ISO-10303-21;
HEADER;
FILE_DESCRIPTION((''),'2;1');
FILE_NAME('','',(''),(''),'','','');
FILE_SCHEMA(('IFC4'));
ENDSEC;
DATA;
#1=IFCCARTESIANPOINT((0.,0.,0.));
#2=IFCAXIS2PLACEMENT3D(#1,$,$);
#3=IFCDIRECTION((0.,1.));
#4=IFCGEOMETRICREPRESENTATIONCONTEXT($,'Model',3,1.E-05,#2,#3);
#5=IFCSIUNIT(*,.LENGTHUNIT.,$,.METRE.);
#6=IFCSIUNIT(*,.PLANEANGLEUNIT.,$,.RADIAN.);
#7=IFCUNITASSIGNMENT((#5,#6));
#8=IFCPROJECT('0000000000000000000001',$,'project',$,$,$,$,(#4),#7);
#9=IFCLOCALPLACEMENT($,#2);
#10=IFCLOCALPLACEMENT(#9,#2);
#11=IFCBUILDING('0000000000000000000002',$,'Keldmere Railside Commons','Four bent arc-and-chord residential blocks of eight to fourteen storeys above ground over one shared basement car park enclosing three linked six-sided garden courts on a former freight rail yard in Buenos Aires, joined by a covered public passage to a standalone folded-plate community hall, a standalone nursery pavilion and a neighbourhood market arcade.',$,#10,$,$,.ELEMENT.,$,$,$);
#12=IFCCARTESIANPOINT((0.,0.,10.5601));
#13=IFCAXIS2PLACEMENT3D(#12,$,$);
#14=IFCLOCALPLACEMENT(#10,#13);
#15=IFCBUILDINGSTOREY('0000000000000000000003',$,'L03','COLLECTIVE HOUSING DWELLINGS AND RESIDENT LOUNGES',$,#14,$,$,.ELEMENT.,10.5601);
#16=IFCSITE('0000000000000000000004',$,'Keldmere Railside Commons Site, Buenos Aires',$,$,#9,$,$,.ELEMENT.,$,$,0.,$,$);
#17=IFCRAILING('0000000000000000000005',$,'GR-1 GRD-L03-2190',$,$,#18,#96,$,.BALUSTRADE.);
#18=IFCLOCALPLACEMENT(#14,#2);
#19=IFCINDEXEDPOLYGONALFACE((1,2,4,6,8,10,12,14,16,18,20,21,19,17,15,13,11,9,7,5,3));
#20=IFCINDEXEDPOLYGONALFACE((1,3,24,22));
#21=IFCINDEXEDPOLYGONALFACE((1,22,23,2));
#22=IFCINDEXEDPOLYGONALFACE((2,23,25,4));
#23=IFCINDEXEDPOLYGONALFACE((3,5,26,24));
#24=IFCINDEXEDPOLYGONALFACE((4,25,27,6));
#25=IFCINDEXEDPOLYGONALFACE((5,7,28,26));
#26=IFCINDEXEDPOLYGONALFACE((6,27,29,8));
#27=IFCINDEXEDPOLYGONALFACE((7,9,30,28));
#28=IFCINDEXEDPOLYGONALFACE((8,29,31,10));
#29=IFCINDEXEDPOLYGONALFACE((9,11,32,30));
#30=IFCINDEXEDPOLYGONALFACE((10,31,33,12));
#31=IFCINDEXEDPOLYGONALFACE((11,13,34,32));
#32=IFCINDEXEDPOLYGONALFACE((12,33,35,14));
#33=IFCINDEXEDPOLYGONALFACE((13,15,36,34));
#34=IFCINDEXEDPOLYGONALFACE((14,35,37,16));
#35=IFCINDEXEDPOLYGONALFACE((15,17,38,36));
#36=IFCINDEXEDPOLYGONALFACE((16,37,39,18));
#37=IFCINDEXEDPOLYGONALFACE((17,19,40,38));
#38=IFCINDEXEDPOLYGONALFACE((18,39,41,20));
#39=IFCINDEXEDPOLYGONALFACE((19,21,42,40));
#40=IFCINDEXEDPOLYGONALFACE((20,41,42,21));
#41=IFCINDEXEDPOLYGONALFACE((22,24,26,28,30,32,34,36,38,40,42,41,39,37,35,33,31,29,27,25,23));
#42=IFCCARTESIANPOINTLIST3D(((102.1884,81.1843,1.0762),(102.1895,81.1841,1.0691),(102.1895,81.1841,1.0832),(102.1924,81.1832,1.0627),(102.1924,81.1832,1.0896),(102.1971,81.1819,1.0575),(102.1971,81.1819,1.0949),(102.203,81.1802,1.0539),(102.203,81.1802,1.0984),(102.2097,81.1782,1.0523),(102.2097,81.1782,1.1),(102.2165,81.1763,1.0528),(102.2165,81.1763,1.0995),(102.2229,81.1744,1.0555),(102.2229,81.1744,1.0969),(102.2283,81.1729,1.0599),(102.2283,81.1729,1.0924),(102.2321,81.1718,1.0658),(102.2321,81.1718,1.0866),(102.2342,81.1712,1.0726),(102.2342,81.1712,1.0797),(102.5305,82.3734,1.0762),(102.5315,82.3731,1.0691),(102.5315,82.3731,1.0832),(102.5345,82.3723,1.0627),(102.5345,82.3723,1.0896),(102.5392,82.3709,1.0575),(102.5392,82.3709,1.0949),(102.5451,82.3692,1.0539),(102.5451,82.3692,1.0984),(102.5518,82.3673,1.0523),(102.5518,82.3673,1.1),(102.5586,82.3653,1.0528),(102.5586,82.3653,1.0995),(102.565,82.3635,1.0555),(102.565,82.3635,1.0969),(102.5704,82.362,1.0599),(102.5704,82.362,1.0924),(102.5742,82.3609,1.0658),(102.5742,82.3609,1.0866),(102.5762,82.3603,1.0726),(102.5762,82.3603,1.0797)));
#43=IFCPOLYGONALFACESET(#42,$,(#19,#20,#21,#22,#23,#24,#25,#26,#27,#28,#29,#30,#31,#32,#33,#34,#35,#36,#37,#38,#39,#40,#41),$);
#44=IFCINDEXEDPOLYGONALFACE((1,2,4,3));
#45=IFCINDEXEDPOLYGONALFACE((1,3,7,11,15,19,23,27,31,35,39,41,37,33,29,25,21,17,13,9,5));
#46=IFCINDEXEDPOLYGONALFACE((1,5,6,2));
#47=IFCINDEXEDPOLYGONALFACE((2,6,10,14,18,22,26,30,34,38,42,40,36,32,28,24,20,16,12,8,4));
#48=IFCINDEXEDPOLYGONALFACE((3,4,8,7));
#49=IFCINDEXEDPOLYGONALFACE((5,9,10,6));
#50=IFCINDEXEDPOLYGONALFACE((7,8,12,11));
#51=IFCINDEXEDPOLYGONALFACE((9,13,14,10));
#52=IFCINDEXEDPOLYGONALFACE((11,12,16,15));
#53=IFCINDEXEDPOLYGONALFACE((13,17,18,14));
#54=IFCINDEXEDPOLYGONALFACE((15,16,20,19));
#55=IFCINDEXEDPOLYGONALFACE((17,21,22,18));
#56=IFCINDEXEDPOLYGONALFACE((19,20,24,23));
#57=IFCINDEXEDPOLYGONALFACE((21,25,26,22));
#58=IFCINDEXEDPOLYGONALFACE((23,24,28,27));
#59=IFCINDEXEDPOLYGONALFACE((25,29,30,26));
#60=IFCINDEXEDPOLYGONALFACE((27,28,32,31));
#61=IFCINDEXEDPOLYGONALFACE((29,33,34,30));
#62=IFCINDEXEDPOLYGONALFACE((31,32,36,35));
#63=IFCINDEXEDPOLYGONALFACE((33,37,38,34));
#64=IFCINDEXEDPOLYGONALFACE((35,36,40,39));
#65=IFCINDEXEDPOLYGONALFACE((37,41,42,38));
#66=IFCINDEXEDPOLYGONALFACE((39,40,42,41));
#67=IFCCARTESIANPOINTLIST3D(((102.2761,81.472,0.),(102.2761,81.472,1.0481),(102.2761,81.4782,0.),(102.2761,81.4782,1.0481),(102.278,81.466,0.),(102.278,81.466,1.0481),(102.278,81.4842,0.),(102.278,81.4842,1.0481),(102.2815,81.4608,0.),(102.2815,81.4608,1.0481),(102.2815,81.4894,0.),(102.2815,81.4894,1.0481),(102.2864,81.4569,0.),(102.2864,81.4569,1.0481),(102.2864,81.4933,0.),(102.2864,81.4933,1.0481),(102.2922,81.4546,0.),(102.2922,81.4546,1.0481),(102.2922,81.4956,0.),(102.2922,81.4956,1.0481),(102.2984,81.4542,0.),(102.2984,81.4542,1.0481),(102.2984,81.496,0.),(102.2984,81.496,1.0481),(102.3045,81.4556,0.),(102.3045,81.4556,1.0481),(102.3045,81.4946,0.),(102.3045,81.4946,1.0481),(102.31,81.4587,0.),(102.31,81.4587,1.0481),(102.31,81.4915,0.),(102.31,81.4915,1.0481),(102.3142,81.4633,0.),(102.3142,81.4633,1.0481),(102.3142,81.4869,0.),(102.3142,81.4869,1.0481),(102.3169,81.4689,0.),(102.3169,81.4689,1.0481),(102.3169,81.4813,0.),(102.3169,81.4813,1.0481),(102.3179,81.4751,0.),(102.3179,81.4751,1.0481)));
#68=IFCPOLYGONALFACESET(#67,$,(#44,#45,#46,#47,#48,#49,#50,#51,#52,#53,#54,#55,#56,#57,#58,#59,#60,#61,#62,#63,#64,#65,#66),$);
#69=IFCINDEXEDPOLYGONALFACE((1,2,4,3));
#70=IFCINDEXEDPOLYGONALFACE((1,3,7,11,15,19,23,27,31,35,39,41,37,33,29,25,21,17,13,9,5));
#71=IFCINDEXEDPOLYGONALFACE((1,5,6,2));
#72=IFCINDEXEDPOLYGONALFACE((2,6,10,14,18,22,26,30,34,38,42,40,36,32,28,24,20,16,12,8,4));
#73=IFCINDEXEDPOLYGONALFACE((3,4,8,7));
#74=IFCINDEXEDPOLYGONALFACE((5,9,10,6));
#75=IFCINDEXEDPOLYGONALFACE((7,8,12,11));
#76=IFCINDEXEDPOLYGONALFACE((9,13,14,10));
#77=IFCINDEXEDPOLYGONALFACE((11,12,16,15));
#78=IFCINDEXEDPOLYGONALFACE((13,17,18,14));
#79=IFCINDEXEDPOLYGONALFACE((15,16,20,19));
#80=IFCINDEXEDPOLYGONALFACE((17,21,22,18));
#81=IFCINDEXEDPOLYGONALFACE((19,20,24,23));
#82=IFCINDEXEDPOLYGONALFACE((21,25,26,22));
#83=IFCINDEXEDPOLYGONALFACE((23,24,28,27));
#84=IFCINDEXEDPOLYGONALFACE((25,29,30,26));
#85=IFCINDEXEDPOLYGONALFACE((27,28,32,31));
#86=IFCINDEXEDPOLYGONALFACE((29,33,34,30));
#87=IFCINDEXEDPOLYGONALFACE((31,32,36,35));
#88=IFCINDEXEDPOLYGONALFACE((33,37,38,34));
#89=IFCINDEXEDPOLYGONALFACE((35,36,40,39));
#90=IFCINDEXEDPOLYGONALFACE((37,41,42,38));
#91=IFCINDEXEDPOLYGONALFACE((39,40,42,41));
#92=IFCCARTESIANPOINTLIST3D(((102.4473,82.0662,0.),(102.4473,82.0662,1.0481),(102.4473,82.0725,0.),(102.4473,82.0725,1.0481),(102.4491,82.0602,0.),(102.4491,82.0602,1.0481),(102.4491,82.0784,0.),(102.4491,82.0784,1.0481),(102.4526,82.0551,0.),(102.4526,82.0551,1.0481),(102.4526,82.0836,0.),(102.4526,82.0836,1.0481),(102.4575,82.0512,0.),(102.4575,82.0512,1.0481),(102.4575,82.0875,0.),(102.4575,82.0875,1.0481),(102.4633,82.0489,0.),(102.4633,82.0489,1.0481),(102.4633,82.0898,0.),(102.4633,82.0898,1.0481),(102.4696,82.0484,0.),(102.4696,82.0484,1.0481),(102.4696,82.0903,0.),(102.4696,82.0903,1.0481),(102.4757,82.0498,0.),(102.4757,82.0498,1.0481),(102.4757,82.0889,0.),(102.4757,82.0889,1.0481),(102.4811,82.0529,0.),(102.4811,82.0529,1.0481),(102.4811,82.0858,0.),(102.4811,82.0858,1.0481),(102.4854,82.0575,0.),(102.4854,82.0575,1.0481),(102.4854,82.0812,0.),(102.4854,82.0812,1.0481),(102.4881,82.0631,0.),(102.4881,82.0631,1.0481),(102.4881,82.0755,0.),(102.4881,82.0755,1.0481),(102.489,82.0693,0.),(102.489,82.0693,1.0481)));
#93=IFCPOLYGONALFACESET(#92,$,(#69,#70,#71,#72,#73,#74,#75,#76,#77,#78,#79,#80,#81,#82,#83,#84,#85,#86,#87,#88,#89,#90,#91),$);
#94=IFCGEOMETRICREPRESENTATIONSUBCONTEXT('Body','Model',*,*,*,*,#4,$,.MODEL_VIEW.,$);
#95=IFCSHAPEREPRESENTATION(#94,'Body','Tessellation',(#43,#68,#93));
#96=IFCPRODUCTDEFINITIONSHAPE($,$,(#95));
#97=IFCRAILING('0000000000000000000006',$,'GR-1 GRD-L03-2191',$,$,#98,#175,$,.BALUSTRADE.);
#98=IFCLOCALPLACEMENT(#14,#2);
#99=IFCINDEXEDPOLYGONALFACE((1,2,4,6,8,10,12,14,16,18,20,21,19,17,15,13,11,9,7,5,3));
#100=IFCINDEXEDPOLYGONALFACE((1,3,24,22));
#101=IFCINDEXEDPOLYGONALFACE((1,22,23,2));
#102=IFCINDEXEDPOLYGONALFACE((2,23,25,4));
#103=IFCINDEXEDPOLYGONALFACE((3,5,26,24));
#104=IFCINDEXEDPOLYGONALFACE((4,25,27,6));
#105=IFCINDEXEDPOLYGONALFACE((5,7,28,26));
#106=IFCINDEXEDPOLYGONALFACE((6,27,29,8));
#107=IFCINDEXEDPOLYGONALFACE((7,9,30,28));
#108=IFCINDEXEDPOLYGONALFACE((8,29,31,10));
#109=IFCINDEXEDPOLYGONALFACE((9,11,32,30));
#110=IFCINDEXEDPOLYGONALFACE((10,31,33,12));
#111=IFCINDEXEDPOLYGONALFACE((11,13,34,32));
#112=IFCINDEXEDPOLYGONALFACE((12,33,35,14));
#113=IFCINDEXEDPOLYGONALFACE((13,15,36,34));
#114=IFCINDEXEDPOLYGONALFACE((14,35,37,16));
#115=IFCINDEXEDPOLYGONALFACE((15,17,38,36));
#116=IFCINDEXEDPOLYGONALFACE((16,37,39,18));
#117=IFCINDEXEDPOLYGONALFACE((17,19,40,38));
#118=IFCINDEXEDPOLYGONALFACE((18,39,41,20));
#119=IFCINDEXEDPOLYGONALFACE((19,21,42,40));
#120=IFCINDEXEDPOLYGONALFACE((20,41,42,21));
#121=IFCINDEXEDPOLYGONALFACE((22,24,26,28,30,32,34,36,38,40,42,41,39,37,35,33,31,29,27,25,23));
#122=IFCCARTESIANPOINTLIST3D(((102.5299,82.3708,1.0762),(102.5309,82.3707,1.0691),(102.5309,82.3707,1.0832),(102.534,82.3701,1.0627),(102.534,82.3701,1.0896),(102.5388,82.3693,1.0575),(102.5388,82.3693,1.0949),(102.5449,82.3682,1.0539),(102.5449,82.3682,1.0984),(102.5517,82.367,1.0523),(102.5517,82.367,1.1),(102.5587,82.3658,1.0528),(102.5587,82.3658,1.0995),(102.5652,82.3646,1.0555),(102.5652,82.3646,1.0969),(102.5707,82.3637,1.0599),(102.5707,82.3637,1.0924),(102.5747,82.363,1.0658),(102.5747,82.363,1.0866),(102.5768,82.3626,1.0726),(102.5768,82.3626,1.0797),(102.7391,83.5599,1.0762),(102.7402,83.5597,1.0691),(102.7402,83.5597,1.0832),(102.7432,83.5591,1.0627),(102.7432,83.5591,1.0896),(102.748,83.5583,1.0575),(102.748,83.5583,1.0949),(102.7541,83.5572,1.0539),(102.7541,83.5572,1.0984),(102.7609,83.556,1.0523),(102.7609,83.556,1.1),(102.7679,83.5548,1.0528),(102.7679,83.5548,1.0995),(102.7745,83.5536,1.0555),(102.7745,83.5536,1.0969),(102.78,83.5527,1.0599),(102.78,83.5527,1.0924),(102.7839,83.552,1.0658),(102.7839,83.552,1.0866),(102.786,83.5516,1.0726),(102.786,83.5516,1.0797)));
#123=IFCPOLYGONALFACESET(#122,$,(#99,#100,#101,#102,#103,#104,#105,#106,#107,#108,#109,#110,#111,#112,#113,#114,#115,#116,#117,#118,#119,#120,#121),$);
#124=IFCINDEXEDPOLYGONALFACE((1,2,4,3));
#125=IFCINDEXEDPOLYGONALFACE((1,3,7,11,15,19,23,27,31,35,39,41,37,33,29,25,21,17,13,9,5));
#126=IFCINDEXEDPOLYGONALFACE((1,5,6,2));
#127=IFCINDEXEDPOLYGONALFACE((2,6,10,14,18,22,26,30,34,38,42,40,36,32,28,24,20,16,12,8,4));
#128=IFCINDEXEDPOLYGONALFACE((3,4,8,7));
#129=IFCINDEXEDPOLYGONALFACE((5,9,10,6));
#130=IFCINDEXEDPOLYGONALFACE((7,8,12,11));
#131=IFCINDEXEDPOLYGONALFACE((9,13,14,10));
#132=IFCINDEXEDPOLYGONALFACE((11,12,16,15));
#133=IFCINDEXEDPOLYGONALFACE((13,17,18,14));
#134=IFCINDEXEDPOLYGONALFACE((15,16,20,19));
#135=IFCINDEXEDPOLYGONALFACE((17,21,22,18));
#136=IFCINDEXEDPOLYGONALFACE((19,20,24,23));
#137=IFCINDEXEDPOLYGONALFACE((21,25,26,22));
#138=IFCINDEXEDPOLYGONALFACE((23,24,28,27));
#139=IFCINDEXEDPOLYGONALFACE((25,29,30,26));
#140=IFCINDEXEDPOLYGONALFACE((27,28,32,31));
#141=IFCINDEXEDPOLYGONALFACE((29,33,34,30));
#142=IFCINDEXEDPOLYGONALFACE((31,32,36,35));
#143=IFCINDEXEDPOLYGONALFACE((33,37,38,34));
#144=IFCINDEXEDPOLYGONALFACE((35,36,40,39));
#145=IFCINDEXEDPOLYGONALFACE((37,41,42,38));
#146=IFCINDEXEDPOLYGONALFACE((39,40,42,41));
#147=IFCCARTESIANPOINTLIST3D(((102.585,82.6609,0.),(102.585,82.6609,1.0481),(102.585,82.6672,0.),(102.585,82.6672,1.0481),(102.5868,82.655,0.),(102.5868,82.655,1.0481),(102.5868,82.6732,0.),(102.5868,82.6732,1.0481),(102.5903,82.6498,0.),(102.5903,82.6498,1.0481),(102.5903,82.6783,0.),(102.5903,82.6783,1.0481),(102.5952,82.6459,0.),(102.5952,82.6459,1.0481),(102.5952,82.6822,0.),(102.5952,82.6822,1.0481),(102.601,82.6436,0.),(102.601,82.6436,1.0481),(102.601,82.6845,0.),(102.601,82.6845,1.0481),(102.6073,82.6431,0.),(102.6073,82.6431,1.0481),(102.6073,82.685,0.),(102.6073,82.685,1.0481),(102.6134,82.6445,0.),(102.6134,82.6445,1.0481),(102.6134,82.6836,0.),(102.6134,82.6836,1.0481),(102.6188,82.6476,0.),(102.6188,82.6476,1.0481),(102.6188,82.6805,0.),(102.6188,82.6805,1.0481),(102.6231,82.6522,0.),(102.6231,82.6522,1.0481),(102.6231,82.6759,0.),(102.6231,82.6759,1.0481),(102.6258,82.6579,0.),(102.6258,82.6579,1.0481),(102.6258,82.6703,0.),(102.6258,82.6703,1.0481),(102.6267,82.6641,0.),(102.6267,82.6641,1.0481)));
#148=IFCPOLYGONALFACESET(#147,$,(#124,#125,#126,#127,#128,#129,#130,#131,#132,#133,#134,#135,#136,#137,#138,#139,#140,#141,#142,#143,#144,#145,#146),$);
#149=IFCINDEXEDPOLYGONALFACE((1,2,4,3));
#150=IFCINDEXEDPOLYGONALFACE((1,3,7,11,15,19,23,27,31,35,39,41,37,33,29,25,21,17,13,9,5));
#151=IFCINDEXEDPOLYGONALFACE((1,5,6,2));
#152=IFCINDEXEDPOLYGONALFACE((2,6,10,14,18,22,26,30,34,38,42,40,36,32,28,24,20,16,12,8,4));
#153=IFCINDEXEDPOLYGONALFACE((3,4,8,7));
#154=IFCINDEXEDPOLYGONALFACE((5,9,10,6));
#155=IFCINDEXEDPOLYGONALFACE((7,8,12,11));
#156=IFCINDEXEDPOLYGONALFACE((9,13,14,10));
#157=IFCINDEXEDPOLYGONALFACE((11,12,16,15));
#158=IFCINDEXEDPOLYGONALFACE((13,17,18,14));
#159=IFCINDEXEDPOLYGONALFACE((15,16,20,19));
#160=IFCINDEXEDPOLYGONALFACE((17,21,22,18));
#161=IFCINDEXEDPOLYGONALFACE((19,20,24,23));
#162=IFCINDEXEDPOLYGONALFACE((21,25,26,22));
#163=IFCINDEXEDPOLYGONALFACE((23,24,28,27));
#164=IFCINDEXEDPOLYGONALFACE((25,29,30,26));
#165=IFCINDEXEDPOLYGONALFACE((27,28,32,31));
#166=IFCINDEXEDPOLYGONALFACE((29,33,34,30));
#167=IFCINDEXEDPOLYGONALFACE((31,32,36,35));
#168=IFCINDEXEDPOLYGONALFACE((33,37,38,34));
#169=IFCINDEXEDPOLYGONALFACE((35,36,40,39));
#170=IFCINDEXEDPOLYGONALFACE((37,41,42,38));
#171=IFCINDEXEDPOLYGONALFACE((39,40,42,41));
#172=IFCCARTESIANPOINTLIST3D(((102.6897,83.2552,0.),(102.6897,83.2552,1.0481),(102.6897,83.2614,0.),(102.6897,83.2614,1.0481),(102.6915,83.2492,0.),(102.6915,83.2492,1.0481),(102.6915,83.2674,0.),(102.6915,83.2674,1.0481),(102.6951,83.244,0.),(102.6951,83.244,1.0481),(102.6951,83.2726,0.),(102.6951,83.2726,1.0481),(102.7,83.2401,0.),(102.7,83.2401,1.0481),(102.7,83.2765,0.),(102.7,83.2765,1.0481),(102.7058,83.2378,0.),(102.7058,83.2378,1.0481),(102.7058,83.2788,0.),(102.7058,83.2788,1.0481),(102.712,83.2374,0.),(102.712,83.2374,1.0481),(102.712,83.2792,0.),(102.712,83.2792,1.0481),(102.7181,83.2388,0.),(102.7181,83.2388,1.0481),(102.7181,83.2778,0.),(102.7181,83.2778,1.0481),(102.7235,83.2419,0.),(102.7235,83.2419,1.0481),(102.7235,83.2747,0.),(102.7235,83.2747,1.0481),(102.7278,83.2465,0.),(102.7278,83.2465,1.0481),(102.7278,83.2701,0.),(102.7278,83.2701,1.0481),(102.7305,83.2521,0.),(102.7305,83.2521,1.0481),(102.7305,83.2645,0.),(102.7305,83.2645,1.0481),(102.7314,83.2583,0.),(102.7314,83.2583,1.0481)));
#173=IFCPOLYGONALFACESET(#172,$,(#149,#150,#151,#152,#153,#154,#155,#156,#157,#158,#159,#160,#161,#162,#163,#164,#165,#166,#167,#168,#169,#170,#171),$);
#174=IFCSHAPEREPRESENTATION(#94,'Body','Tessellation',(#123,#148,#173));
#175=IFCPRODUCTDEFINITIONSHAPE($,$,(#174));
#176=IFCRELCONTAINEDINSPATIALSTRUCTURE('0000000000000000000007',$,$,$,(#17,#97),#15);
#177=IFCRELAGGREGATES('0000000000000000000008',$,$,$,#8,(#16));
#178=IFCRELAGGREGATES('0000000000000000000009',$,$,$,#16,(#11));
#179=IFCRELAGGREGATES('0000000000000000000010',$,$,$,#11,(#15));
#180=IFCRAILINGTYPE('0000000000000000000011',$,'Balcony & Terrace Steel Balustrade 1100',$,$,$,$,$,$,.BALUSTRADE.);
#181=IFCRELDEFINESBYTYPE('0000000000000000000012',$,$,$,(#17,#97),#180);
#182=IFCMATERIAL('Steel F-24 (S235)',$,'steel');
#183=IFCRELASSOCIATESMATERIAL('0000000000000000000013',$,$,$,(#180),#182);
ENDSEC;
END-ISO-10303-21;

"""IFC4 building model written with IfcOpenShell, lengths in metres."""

from ifc_helpers import new_model, si_unit, direction, frame, origin, origin_2d, place, context, subcontext, project, spatial, circle, extrude, material, type_object, element, save


model = new_model("IFC4")

# Units and contexts
model_context = context("Model", 3, precision=1e-05, world=origin(), true_north=direction((0.0, 1.0)))
body_context = subcontext(model_context, "Body", "Model", "MODEL_VIEW")
ifc_project = project(units=[si_unit("LENGTHUNIT", "METRE"), si_unit("PLANEANGLEUNIT", "RADIAN")], contexts=[model_context])

# Site, building, storey
site_placement = place(None, origin())
site = spatial("IfcSite", under=ifc_project, at=site_placement, Name="Keldmere Railside Commons Site, Buenos Aires", CompositionType="ELEMENT", RefElevation=0.0)
building_placement = place(site_placement, origin())
building = spatial("IfcBuilding", under=site, at=building_placement, Name="Keldmere Railside Commons", Description="Four bent arc-and-chord residential blocks of eight to fourteen storeys above ground over one shared basement car park enclosing three linked six-sided garden courts on a former freight rail yard in Buenos Aires, joined by a covered public passage to a standalone folded-plate community hall, a standalone nursery pavilion and a neighbourhood market arcade.", CompositionType="ELEMENT")
storey_placement = place(building_placement, frame((0.0, 0.0, 10.5601)))
storey = spatial("IfcBuildingStorey", under=building, at=storey_placement, Name="L03", Description="COLLECTIVE HOUSING DWELLINGS AND RESIDENT LOUNGES", CompositionType="ELEMENT", Elevation=10.5601)

# Railings
ifc_material_1 = material(Name="Steel F-24 (S235)", Category="steel")
railing_type = type_object("IfcRailingType", Name="Balcony & Terrace Steel Balustrade 1100", PredefinedType="BALUSTRADE", material=ifc_material_1)
railing_1_placement = place(storey_placement, frame((102.2114, 81.1777, 0.0)))
element("IfcRailing", 1, at=railing_1_placement, inside=storey, type_object=railing_type, Name="GR-1 GRD-L03-2190", PredefinedType="BALUSTRADE", context=body_context, shape_type="SweptSolid", body=[
    extrude(circle(Radius=0.0239, at=origin_2d()), frame((0.0, 0.0, 1.0762), z_axis=(0.276467, 0.961023, 0.0), x_axis=(-0.961023, 0.276467, 0.0)), (0.0, 0.0, 1.0), 1.2373),
    extrude(circle(Radius=0.021, at=origin_2d()), frame((0.0854, 0.2974, 0.0)), (0.0, 0.0, 1.0), 1.0481),
    extrude(circle(Radius=0.021, at=origin_2d()), frame((0.2566, 0.8916, 0.0)), (0.0, 0.0, 1.0), 1.0481),
])
railing_2_placement = place(storey_placement, frame((102.5535, 82.3667, 0.0)))
element("IfcRailing", 2, at=railing_2_placement, inside=storey, type_object=railing_type, Name="GR-1 GRD-L03-2191", PredefinedType="BALUSTRADE", context=body_context, shape_type="SweptSolid", body=[
    extrude(circle(Radius=0.0239, at=origin_2d()), frame((0.0, 0.0, 1.0762), z_axis=(0.173312, 0.984867, 0.0), x_axis=(-0.984867, 0.173312, 0.0)), (0.0, 0.0, 1.0), 1.2073),
    extrude(circle(Radius=0.021, at=origin_2d()), frame((0.0522, 0.2974, 0.0)), (0.0, 0.0, 1.0), 1.0481),
    extrude(circle(Radius=0.021, at=origin_2d()), frame((0.157, 0.8916, 0.0)), (0.0, 0.0, 1.0), 1.0481),
])

save(model, "model.ifc")
